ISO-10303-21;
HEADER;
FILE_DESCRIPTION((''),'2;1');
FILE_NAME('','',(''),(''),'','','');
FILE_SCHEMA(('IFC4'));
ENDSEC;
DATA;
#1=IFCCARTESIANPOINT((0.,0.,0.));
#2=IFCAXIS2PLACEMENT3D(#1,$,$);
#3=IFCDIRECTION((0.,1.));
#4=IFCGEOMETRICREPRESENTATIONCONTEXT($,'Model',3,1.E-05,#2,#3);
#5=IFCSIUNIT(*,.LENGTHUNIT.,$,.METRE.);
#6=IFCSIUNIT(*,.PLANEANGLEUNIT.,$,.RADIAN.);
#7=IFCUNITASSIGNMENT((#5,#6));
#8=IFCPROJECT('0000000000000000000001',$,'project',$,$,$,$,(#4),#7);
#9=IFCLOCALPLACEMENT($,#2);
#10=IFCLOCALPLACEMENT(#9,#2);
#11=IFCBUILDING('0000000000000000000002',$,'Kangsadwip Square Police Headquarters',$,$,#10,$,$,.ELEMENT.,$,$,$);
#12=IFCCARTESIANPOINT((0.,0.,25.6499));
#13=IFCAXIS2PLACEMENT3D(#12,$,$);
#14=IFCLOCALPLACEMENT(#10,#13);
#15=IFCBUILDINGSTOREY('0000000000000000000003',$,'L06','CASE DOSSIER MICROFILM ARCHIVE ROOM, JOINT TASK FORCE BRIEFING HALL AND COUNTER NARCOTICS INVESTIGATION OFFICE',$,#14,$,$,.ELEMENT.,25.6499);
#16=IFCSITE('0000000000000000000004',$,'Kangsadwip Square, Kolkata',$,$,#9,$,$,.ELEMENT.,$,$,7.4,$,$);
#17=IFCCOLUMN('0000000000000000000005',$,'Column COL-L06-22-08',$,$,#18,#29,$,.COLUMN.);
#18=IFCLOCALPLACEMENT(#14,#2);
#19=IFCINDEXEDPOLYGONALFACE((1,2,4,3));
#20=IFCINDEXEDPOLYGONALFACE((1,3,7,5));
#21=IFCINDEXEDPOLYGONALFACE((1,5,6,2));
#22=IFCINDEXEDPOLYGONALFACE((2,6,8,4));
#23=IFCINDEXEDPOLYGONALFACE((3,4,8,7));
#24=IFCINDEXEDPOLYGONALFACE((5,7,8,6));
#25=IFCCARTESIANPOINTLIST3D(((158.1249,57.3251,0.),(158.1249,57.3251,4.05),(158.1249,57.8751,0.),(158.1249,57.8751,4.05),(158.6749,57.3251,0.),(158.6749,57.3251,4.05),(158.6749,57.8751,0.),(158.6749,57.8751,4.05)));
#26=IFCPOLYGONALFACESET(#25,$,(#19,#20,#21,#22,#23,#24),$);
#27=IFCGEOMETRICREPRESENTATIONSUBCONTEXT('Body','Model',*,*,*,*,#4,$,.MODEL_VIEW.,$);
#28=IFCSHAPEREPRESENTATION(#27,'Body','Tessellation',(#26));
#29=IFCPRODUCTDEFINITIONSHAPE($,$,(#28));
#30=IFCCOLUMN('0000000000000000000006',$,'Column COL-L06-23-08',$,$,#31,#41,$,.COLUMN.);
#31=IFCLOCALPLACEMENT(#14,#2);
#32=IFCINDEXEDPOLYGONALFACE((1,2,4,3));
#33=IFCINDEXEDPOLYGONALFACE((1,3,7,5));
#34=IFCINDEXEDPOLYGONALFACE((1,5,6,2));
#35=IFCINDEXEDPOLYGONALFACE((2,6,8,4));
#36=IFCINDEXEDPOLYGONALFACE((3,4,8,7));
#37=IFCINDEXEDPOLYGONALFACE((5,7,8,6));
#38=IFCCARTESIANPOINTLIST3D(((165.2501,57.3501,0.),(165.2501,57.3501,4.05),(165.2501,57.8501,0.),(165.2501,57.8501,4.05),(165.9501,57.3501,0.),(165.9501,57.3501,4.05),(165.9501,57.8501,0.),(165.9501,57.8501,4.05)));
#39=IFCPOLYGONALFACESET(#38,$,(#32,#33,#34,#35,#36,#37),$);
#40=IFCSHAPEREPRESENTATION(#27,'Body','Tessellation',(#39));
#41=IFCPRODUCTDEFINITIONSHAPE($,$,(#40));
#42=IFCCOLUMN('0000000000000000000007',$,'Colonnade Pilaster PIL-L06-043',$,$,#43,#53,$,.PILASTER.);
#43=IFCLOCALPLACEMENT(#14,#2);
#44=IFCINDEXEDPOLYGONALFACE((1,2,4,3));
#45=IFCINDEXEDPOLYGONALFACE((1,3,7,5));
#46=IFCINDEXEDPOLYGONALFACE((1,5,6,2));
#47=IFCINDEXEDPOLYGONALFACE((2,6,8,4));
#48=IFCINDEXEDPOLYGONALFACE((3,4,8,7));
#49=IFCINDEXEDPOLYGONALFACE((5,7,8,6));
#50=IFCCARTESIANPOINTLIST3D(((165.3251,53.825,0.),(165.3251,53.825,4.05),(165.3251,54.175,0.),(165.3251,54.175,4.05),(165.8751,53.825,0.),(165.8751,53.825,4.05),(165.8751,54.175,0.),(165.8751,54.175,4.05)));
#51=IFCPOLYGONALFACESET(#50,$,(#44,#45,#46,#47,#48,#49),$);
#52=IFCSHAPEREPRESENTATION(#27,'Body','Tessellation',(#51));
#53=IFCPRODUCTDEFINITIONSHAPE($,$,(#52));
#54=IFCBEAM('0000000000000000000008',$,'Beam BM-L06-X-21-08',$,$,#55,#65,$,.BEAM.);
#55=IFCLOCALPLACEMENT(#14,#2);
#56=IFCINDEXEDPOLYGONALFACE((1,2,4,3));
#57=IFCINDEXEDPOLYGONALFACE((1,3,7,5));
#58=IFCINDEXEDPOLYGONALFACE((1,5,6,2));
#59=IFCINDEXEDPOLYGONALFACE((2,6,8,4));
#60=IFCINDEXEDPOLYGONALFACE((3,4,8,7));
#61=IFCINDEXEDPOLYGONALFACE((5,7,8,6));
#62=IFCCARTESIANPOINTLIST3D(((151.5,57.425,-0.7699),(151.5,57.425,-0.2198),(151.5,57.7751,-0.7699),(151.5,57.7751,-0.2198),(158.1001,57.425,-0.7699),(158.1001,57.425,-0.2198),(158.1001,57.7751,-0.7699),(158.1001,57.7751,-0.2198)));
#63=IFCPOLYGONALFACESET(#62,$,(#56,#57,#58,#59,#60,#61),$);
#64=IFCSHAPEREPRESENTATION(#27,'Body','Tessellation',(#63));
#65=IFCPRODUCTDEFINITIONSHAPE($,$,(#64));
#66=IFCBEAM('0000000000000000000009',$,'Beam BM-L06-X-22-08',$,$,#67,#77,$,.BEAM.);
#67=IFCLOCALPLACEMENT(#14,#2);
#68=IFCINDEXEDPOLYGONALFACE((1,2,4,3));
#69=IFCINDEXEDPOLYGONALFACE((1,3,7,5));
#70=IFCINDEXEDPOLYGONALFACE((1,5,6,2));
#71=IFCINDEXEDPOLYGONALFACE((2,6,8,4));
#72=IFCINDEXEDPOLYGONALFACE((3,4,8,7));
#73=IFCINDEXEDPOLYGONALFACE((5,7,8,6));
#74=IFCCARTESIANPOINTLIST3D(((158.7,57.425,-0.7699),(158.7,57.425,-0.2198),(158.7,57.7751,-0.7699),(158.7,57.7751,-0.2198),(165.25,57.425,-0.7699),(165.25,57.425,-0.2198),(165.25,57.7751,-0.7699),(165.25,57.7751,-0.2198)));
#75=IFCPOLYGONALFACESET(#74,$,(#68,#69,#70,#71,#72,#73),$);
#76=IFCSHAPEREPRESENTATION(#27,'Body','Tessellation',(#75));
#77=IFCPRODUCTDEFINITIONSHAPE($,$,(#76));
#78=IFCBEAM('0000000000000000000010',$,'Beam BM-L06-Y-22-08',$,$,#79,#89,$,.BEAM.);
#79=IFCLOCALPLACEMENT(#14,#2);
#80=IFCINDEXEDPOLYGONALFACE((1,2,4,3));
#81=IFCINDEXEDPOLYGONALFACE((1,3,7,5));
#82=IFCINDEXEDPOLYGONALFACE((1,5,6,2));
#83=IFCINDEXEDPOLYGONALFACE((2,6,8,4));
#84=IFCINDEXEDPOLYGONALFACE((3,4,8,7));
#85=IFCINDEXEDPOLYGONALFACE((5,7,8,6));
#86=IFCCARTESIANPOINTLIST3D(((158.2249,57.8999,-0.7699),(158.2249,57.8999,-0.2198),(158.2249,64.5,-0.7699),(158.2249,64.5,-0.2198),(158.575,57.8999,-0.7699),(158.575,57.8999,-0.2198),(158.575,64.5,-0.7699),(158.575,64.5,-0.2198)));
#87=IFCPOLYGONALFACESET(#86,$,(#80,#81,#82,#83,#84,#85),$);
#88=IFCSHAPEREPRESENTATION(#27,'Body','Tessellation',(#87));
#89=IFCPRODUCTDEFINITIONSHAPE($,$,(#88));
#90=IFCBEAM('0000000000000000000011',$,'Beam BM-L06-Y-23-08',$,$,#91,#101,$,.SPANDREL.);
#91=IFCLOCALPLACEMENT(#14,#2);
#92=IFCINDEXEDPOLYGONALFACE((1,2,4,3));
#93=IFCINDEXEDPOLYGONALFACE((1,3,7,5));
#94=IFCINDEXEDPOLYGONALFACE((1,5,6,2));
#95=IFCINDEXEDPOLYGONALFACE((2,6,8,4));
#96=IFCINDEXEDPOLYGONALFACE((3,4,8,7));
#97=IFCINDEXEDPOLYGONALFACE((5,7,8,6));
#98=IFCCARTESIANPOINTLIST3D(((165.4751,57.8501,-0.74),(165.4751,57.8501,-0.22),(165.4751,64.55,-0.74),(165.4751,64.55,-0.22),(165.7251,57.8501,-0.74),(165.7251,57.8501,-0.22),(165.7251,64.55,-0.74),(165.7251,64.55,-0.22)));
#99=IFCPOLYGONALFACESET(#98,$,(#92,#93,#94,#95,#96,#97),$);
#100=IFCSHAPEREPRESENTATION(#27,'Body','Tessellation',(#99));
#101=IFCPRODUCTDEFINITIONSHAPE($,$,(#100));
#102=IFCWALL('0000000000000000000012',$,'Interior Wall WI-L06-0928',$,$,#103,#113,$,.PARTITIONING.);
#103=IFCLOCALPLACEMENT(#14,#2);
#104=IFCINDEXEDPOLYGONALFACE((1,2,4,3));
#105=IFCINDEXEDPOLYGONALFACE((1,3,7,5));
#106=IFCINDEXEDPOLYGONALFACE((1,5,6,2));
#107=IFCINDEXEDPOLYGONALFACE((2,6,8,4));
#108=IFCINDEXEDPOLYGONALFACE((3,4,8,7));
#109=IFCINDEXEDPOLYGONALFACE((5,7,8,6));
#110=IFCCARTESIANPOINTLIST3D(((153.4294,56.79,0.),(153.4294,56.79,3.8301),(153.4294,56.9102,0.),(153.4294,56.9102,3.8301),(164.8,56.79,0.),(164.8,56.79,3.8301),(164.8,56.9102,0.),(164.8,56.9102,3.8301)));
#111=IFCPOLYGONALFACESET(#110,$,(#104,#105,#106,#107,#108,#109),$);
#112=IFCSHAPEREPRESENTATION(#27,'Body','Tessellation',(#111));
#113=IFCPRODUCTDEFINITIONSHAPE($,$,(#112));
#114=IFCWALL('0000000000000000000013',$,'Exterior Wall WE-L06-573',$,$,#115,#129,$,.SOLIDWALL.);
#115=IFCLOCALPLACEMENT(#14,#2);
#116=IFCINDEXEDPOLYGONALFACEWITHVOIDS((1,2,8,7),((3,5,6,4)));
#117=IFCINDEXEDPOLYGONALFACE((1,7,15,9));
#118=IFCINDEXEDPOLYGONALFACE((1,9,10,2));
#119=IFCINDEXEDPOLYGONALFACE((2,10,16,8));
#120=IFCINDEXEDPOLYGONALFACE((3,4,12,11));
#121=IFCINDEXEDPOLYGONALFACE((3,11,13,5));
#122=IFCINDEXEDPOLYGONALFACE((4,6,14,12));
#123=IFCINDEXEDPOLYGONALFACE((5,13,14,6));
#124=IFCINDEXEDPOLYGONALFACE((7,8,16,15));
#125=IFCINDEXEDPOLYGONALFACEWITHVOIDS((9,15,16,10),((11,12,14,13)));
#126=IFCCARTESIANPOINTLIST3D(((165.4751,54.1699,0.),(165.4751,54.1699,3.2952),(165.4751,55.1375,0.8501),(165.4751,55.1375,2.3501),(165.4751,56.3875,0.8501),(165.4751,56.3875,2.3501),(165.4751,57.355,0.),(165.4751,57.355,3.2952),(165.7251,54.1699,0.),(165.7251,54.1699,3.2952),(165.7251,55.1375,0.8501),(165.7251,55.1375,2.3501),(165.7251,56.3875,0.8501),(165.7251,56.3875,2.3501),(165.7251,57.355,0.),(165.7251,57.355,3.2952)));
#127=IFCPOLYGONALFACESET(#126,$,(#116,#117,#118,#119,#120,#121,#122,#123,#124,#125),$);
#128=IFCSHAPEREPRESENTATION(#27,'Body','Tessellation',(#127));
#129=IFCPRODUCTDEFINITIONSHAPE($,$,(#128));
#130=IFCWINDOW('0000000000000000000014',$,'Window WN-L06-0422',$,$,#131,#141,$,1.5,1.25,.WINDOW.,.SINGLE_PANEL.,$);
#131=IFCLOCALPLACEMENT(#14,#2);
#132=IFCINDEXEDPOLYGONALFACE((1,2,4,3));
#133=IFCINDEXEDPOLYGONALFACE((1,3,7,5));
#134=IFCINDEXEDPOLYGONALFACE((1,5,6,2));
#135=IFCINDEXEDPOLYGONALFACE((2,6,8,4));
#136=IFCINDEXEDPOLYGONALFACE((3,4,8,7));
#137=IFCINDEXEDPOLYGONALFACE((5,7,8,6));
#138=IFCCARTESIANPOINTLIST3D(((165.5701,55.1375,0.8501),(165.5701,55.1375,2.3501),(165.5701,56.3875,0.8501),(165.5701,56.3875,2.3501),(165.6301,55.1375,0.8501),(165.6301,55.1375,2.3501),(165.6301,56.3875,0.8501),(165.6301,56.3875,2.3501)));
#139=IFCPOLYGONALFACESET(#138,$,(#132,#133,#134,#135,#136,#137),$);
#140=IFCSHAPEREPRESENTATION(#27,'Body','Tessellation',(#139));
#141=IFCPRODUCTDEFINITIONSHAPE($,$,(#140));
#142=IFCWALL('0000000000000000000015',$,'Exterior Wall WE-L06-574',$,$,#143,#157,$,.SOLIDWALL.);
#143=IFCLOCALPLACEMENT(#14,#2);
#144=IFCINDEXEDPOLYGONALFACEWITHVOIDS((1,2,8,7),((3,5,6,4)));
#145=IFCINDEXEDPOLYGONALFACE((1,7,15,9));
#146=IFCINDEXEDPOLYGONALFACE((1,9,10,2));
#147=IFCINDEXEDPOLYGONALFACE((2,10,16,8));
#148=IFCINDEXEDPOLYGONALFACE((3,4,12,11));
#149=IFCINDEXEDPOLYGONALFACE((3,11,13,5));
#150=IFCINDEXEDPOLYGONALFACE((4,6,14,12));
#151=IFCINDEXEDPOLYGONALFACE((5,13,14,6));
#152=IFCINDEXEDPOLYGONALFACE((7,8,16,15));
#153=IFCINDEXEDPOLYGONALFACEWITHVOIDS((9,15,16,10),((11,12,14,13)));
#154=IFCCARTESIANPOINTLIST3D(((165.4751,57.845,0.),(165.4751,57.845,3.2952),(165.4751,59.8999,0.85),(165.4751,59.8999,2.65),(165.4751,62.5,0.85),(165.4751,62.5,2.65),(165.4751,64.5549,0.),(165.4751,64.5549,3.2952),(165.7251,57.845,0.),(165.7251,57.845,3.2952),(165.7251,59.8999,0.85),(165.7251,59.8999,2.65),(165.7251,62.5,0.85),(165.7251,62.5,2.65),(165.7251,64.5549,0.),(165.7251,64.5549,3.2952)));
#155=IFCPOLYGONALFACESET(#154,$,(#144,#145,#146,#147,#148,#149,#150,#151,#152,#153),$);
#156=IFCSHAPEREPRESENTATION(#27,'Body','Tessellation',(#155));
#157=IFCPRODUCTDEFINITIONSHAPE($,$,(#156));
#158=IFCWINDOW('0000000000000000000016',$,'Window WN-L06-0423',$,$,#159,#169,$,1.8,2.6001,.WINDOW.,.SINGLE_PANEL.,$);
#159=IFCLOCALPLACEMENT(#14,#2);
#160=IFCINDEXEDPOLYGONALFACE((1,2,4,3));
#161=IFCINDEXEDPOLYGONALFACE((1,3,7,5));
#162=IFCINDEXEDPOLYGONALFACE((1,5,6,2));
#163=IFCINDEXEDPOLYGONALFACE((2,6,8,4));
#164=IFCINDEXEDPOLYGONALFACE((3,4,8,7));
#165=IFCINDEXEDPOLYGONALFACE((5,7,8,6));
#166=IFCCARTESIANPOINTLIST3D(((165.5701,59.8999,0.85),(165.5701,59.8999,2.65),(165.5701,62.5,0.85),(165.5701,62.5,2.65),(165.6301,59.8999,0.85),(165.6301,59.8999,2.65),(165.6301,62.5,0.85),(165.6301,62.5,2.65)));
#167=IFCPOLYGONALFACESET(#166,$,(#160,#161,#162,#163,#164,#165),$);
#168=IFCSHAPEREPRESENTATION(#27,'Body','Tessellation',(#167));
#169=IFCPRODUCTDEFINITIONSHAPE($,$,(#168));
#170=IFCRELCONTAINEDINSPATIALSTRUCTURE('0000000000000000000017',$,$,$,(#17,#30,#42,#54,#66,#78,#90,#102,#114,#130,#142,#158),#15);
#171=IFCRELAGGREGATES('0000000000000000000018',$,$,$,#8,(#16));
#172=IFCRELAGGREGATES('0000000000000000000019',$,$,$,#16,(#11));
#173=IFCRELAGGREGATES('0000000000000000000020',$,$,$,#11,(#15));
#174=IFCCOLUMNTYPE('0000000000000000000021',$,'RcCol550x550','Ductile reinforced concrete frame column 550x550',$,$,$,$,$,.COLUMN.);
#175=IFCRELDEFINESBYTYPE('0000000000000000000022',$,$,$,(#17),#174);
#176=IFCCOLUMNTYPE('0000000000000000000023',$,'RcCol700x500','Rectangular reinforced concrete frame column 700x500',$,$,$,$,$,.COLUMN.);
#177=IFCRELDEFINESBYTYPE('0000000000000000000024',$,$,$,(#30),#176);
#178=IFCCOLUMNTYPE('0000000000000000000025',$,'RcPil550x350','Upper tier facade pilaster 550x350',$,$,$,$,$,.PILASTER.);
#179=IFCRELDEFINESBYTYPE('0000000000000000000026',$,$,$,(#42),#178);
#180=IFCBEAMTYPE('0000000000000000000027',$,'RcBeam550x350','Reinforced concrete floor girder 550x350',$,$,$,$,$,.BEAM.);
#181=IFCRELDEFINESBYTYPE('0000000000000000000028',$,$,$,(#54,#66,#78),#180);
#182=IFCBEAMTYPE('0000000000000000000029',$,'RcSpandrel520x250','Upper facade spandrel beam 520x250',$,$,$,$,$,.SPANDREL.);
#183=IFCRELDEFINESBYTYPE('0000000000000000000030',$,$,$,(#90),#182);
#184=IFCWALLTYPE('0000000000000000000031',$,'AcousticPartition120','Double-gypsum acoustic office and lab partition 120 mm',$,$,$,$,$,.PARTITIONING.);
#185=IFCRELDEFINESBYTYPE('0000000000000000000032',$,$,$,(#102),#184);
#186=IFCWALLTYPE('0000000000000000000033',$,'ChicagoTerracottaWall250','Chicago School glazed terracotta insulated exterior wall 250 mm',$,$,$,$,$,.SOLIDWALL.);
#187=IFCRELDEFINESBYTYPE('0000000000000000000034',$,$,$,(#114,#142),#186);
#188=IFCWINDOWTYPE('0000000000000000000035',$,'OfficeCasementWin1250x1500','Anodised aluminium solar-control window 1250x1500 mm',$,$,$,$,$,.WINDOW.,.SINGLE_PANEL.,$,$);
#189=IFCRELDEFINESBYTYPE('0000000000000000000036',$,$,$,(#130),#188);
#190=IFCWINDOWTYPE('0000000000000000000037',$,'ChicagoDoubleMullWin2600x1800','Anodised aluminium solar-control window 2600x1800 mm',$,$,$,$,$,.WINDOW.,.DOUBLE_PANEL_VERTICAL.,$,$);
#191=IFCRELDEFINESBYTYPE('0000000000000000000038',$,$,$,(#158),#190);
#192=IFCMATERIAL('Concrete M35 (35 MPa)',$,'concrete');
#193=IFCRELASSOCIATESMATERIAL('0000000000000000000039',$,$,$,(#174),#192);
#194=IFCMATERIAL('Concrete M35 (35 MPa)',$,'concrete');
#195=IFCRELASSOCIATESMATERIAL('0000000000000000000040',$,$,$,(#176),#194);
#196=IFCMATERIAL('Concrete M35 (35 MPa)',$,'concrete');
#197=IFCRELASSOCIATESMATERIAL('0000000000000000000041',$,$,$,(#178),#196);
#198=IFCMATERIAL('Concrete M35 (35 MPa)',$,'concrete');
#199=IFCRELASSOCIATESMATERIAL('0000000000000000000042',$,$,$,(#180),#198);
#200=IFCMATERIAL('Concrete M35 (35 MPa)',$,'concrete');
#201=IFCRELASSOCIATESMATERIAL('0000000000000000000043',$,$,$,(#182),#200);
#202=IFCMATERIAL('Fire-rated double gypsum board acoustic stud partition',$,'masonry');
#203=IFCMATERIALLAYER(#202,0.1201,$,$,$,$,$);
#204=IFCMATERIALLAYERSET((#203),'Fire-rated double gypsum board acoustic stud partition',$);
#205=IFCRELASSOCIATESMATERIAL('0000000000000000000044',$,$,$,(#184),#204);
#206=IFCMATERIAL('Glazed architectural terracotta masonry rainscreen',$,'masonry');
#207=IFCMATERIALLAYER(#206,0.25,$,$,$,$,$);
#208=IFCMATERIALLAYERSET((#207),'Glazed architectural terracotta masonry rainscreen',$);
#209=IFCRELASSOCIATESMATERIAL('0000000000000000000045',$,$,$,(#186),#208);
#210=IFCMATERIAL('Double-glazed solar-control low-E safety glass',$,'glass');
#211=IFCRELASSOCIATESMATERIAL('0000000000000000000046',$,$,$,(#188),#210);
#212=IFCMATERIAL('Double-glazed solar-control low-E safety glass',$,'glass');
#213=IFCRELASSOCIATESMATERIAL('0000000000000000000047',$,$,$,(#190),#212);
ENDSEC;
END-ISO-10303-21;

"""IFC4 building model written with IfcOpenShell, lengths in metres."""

from ifc_helpers import new_model, si_unit, direction, frame, frame_2d, origin, origin_2d, place, context, subcontext, project, spatial, rectangle, extrude, material, layer, layer_set, material_profile, profile_set, type_object, element, fill, save


model = new_model("IFC4")

# Units and contexts
model_context = context("Model", 3, precision=1e-05, world=origin(), true_north=direction((0.0, 1.0)))
body_context = subcontext(model_context, "Body", "Model", "MODEL_VIEW")
ifc_project = project(units=[si_unit("LENGTHUNIT", "METRE"), si_unit("PLANEANGLEUNIT", "RADIAN")], contexts=[model_context])

# Site, building, storey
site_placement = place(None, origin())
site = spatial("IfcSite", under=ifc_project, at=site_placement, Name="Kangsadwip Square, Kolkata", CompositionType="ELEMENT", RefElevation=7.4)
building_placement = place(site_placement, origin())
building = spatial("IfcBuilding", under=site, at=building_placement, Name="Kangsadwip Square Police Headquarters", CompositionType="ELEMENT")
storey_placement = place(building_placement, frame((0.0, 0.0, 25.6499)))
storey = spatial("IfcBuildingStorey", under=building, at=storey_placement, Name="L06", Description="CASE DOSSIER MICROFILM ARCHIVE ROOM, JOINT TASK FORCE BRIEFING HALL AND COUNTER NARCOTICS INVESTIGATION OFFICE", CompositionType="ELEMENT", Elevation=25.6499)

# Columns
ifc_material_1 = material(Name="Concrete M35 (35 MPa)", Category="concrete")
ifc_material_profile_1 = material_profile(ifc_material_1, rectangle(XDim=0.55, YDim=0.55, at=origin_2d()), Name="RC COL 550X550")
ifc_profile_set_1 = profile_set([ifc_material_profile_1], Name="Concrete M35 (35 MPa)")
column_type_1 = type_object("IfcColumnType", Name="RcCol550x550", Description="Ductile reinforced concrete frame column 550x550", PredefinedType="COLUMN", material=ifc_profile_set_1)
column_1_placement = place(storey_placement, frame((158.3999, 57.6001, 0.0), z_axis=(0.0, 0.0, 1.0), x_axis=(1.0, 0.0, 0.0)))
element("IfcColumn", 1, at=column_1_placement, inside=storey, type_object=column_type_1, Name="Column COL-L06-22-08", PredefinedType="COLUMN", context=body_context, shape_type="SweptSolid", body=[
    extrude(rectangle(XDim=0.55, YDim=0.55, at=origin_2d()), origin(), (0.0, 0.0, 1.0), 4.05),
])
ifc_material_2 = material(Name="Concrete M35 (35 MPa)", Category="concrete")
ifc_material_profile_2 = material_profile(ifc_material_2, rectangle(XDim=0.5, YDim=0.7, at=origin_2d()), Name="RC COL 700X500")
ifc_profile_set_2 = profile_set([ifc_material_profile_2], Name="Concrete M35 (35 MPa)")
column_type_2 = type_object("IfcColumnType", Name="RcCol700x500", Description="Rectangular reinforced concrete frame column 700x500", PredefinedType="COLUMN", material=ifc_profile_set_2)
column_2_placement = place(storey_placement, frame((165.6001, 57.6001, 0.0), z_axis=(0.0, 0.0, 1.0), x_axis=(0.0, 1.0, 0.0)))
element("IfcColumn", 2, at=column_2_placement, inside=storey, type_object=column_type_2, Name="Column COL-L06-23-08", PredefinedType="COLUMN", context=body_context, shape_type="SweptSolid", body=[
    extrude(rectangle(XDim=0.5, YDim=0.7, at=origin_2d()), origin(), (0.0, 0.0, 1.0), 4.05),
])
ifc_material_3 = material(Name="Concrete M35 (35 MPa)", Category="concrete")
ifc_material_profile_3 = material_profile(ifc_material_3, rectangle(XDim=0.3501, YDim=0.55, at=origin_2d()), Name="RC PIL 550X350")
ifc_profile_set_3 = profile_set([ifc_material_profile_3], Name="Concrete M35 (35 MPa)")
column_type_3 = type_object("IfcColumnType", Name="RcPil550x350", Description="Upper tier facade pilaster 550x350", PredefinedType="PILASTER", material=ifc_profile_set_3)
column_3_placement = place(storey_placement, frame((165.6001, 54.0, 0.0), z_axis=(0.0, 0.0, 1.0), x_axis=(0.0, 1.0, 0.0)))
element("IfcColumn", 3, at=column_3_placement, inside=storey, type_object=column_type_3, Name="Colonnade Pilaster PIL-L06-043", PredefinedType="PILASTER", context=body_context, shape_type="SweptSolid", body=[
    extrude(rectangle(XDim=0.3501, YDim=0.55, at=origin_2d()), origin(), (0.0, 0.0, 1.0), 4.05),
])

# Beams
ifc_material_4 = material(Name="Concrete M35 (35 MPa)", Category="concrete")
ifc_material_profile_4 = material_profile(ifc_material_4, rectangle(XDim=0.3501, YDim=0.55, at=origin_2d()), Name="RC BM 550X350")
ifc_profile_set_4 = profile_set([ifc_material_profile_4], Name="Concrete M35 (35 MPa)")
beam_type_1 = type_object("IfcBeamType", Name="RcBeam550x350", Description="Reinforced concrete floor girder 550x350", PredefinedType="BEAM", material=ifc_profile_set_4)
beam_1_placement = place(storey_placement, frame((151.5, 57.6001, -0.4949), z_axis=(1.0, 0.0, 0.0), x_axis=(0.0, 1.0, 0.0)))
element("IfcBeam", 4, at=beam_1_placement, inside=storey, type_object=beam_type_1, Name="Beam BM-L06-X-21-08", PredefinedType="BEAM", context=body_context, shape_type="SweptSolid", body=[
    extrude(rectangle(XDim=0.3501, YDim=0.55, at=origin_2d()), origin(), (0.0, 0.0, 1.0), 6.6001),
])
beam_2_placement = place(storey_placement, frame((158.7, 57.6001, -0.4949), z_axis=(1.0, 0.0, 0.0), x_axis=(0.0, 1.0, 0.0)))
element("IfcBeam", 5, at=beam_2_placement, inside=storey, type_object=beam_type_1, Name="Beam BM-L06-X-22-08", PredefinedType="BEAM", context=body_context, shape_type="SweptSolid", body=[
    extrude(rectangle(XDim=0.3501, YDim=0.55, at=origin_2d()), origin(), (0.0, 0.0, 1.0), 6.55),
])
beam_3_placement = place(storey_placement, frame((158.3999, 57.8999, -0.4949), z_axis=(0.0, 1.0, 0.0), x_axis=(-1.0, 0.0, 0.0)))
element("IfcBeam", 6, at=beam_3_placement, inside=storey, type_object=beam_type_1, Name="Beam BM-L06-Y-22-08", PredefinedType="BEAM", context=body_context, shape_type="SweptSolid", body=[
    extrude(rectangle(XDim=0.3501, YDim=0.55, at=origin_2d()), origin(), (0.0, 0.0, 1.0), 6.6001),
])
ifc_material_5 = material(Name="Concrete M35 (35 MPa)", Category="concrete")
ifc_material_profile_5 = material_profile(ifc_material_5, rectangle(XDim=0.25, YDim=0.52, at=origin_2d()), Name="RC SPN 520X250")
ifc_profile_set_5 = profile_set([ifc_material_profile_5], Name="Concrete M35 (35 MPa)")
beam_type_2 = type_object("IfcBeamType", Name="RcSpandrel520x250", Description="Upper facade spandrel beam 520x250", PredefinedType="SPANDREL", material=ifc_profile_set_5)
beam_4_placement = place(storey_placement, frame((165.6001, 57.8501, -0.48), z_axis=(0.0, 1.0, 0.0), x_axis=(-1.0, 0.0, 0.0)))
element("IfcBeam", 7, at=beam_4_placement, inside=storey, type_object=beam_type_2, Name="Beam BM-L06-Y-23-08", PredefinedType="SPANDREL", context=body_context, shape_type="SweptSolid", body=[
    extrude(rectangle(XDim=0.25, YDim=0.52, at=origin_2d()), origin(), (0.0, 0.0, 1.0), 6.7),
])

# Wall
ifc_material_6 = material(Name="Fire-rated double gypsum board acoustic stud partition", Category="masonry")
ifc_layer_1 = layer(ifc_material_6, 0.1201)
ifc_layer_set_1 = layer_set([ifc_layer_1], Name="Fire-rated double gypsum board acoustic stud partition")
wall_type_1 = type_object("IfcWallType", Name="AcousticPartition120", Description="Double-gypsum acoustic office and lab partition 120 mm", PredefinedType="PARTITIONING", material=ifc_layer_set_1)
wall_1_placement = place(storey_placement, frame((153.4294, 56.8501, 0.0), z_axis=(0.0, 0.0, 1.0), x_axis=(1.0, 0.0, 0.0)))
element("IfcWall", 8, at=wall_1_placement, inside=storey, type_object=wall_type_1, Name="Interior Wall WI-L06-0928", PredefinedType="PARTITIONING", context=body_context, shape_type="SweptSolid", body=[
    extrude(rectangle(XDim=11.3706, YDim=0.1201, at=frame_2d((5.6853, 0.0))), origin(), (0.0, 0.0, 1.0), 3.8301),
])

# Walls, openings, windows
ifc_material_7 = material(Name="Glazed architectural terracotta masonry rainscreen", Category="masonry")
ifc_layer_2 = layer(ifc_material_7, 0.25)
ifc_layer_set_2 = layer_set([ifc_layer_2], Name="Glazed architectural terracotta masonry rainscreen")
wall_type_2 = type_object("IfcWallType", Name="ChicagoTerracottaWall250", Description="Chicago School glazed terracotta insulated exterior wall 250 mm", PredefinedType="SOLIDWALL", material=ifc_layer_set_2)
wall_2_placement = place(storey_placement, frame((165.6001, 54.1699, 0.0), z_axis=(0.0, 0.0, 1.0), x_axis=(0.0, 1.0, 0.0)))
wall_2 = element("IfcWall", 9, at=wall_2_placement, inside=storey, type_object=wall_type_2, Name="Exterior Wall WE-L06-573", PredefinedType="SOLIDWALL", context=body_context, shape_type="SweptSolid", body=[
    extrude(rectangle(XDim=3.1851, YDim=0.25, at=frame_2d((1.5925, 0.0))), origin(), (0.0, 0.0, 1.0), 3.2952),
])
opening_1_placement = place(wall_2_placement, frame((0.9675, 0.0, 0.8501)))
opening_1 = element("IfcOpeningElement", 10, at=opening_1_placement, cuts=wall_2, PredefinedType="OPENING", context=body_context, shape_type="SweptSolid", body=[
    extrude(rectangle(XDim=1.25, YDim=1.5, at=frame_2d((0.625, 0.75))), frame((0.0, 0.135, 0.0), z_axis=(0.0, -1.0, 0.0), x_axis=(1.0, 0.0, 0.0)), (0.0, 0.0, 1.0), 0.27),
])
ifc_material_8 = material(Name="Double-glazed solar-control low-E safety glass", Category="glass")
window_type_1 = type_object("IfcWindowType", Name="OfficeCasementWin1250x1500", Description="Anodised aluminium solar-control window 1250x1500 mm", PartitioningType="SINGLE_PANEL", PredefinedType="WINDOW", material=ifc_material_8)
window_1_placement = place(opening_1_placement, origin())
window_1 = element("IfcWindow", 11, at=window_1_placement, inside=storey, type_object=window_type_1, Name="Window WN-L06-0422", OverallHeight=1.5, OverallWidth=1.25, PartitioningType="SINGLE_PANEL", PredefinedType="WINDOW", context=body_context, shape_type="SweptSolid", body=[
    extrude(rectangle(XDim=1.25, YDim=1.5, at=frame_2d((0.625, 0.75))), frame((0.0, 0.03, 0.0), z_axis=(0.0, -1.0, 0.0), x_axis=(1.0, 0.0, 0.0)), (0.0, 0.0, 1.0), 0.0601),
])
fill(opening_1, window_1)
wall_3_placement = place(storey_placement, frame((165.6001, 57.845, 0.0), z_axis=(0.0, 0.0, 1.0), x_axis=(0.0, 1.0, 0.0)))
wall_3 = element("IfcWall", 12, at=wall_3_placement, inside=storey, type_object=wall_type_2, Name="Exterior Wall WE-L06-574", PredefinedType="SOLIDWALL", context=body_context, shape_type="SweptSolid", body=[
    extrude(rectangle(XDim=6.71, YDim=0.25, at=frame_2d((3.355, 0.0))), origin(), (0.0, 0.0, 1.0), 3.2952),
])
opening_2_placement = place(wall_3_placement, frame((2.0549, 0.0, 0.8501)))
opening_2 = element("IfcOpeningElement", 13, at=opening_2_placement, cuts=wall_3, PredefinedType="OPENING", context=body_context, shape_type="SweptSolid", body=[
    extrude(rectangle(XDim=2.6001, YDim=1.8, at=frame_2d((1.3, 0.8999))), frame((0.0, 0.135, 0.0), z_axis=(0.0, -1.0, 0.0), x_axis=(1.0, 0.0, 0.0)), (0.0, 0.0, 1.0), 0.27),
])
ifc_material_9 = material(Name="Double-glazed solar-control low-E safety glass", Category="glass")
window_type_2 = type_object("IfcWindowType", Name="ChicagoDoubleMullWin2600x1800", Description="Anodised aluminium solar-control window 2600x1800 mm", PartitioningType="DOUBLE_PANEL_VERTICAL", PredefinedType="WINDOW", material=ifc_material_9)
window_2_placement = place(opening_2_placement, origin())
window_2 = element("IfcWindow", 14, at=window_2_placement, inside=storey, type_object=window_type_2, Name="Window WN-L06-0423", OverallHeight=1.8, OverallWidth=2.6001, PartitioningType="SINGLE_PANEL", PredefinedType="WINDOW", context=body_context, shape_type="SweptSolid", body=[
    extrude(rectangle(XDim=2.6001, YDim=1.8, at=frame_2d((1.3, 0.8999))), frame((0.0, 0.03, 0.0), z_axis=(0.0, -1.0, 0.0), x_axis=(1.0, 0.0, 0.0)), (0.0, 0.0, 1.0), 0.0601),
])
fill(opening_2, window_2)

save(model, "model.ifc")
